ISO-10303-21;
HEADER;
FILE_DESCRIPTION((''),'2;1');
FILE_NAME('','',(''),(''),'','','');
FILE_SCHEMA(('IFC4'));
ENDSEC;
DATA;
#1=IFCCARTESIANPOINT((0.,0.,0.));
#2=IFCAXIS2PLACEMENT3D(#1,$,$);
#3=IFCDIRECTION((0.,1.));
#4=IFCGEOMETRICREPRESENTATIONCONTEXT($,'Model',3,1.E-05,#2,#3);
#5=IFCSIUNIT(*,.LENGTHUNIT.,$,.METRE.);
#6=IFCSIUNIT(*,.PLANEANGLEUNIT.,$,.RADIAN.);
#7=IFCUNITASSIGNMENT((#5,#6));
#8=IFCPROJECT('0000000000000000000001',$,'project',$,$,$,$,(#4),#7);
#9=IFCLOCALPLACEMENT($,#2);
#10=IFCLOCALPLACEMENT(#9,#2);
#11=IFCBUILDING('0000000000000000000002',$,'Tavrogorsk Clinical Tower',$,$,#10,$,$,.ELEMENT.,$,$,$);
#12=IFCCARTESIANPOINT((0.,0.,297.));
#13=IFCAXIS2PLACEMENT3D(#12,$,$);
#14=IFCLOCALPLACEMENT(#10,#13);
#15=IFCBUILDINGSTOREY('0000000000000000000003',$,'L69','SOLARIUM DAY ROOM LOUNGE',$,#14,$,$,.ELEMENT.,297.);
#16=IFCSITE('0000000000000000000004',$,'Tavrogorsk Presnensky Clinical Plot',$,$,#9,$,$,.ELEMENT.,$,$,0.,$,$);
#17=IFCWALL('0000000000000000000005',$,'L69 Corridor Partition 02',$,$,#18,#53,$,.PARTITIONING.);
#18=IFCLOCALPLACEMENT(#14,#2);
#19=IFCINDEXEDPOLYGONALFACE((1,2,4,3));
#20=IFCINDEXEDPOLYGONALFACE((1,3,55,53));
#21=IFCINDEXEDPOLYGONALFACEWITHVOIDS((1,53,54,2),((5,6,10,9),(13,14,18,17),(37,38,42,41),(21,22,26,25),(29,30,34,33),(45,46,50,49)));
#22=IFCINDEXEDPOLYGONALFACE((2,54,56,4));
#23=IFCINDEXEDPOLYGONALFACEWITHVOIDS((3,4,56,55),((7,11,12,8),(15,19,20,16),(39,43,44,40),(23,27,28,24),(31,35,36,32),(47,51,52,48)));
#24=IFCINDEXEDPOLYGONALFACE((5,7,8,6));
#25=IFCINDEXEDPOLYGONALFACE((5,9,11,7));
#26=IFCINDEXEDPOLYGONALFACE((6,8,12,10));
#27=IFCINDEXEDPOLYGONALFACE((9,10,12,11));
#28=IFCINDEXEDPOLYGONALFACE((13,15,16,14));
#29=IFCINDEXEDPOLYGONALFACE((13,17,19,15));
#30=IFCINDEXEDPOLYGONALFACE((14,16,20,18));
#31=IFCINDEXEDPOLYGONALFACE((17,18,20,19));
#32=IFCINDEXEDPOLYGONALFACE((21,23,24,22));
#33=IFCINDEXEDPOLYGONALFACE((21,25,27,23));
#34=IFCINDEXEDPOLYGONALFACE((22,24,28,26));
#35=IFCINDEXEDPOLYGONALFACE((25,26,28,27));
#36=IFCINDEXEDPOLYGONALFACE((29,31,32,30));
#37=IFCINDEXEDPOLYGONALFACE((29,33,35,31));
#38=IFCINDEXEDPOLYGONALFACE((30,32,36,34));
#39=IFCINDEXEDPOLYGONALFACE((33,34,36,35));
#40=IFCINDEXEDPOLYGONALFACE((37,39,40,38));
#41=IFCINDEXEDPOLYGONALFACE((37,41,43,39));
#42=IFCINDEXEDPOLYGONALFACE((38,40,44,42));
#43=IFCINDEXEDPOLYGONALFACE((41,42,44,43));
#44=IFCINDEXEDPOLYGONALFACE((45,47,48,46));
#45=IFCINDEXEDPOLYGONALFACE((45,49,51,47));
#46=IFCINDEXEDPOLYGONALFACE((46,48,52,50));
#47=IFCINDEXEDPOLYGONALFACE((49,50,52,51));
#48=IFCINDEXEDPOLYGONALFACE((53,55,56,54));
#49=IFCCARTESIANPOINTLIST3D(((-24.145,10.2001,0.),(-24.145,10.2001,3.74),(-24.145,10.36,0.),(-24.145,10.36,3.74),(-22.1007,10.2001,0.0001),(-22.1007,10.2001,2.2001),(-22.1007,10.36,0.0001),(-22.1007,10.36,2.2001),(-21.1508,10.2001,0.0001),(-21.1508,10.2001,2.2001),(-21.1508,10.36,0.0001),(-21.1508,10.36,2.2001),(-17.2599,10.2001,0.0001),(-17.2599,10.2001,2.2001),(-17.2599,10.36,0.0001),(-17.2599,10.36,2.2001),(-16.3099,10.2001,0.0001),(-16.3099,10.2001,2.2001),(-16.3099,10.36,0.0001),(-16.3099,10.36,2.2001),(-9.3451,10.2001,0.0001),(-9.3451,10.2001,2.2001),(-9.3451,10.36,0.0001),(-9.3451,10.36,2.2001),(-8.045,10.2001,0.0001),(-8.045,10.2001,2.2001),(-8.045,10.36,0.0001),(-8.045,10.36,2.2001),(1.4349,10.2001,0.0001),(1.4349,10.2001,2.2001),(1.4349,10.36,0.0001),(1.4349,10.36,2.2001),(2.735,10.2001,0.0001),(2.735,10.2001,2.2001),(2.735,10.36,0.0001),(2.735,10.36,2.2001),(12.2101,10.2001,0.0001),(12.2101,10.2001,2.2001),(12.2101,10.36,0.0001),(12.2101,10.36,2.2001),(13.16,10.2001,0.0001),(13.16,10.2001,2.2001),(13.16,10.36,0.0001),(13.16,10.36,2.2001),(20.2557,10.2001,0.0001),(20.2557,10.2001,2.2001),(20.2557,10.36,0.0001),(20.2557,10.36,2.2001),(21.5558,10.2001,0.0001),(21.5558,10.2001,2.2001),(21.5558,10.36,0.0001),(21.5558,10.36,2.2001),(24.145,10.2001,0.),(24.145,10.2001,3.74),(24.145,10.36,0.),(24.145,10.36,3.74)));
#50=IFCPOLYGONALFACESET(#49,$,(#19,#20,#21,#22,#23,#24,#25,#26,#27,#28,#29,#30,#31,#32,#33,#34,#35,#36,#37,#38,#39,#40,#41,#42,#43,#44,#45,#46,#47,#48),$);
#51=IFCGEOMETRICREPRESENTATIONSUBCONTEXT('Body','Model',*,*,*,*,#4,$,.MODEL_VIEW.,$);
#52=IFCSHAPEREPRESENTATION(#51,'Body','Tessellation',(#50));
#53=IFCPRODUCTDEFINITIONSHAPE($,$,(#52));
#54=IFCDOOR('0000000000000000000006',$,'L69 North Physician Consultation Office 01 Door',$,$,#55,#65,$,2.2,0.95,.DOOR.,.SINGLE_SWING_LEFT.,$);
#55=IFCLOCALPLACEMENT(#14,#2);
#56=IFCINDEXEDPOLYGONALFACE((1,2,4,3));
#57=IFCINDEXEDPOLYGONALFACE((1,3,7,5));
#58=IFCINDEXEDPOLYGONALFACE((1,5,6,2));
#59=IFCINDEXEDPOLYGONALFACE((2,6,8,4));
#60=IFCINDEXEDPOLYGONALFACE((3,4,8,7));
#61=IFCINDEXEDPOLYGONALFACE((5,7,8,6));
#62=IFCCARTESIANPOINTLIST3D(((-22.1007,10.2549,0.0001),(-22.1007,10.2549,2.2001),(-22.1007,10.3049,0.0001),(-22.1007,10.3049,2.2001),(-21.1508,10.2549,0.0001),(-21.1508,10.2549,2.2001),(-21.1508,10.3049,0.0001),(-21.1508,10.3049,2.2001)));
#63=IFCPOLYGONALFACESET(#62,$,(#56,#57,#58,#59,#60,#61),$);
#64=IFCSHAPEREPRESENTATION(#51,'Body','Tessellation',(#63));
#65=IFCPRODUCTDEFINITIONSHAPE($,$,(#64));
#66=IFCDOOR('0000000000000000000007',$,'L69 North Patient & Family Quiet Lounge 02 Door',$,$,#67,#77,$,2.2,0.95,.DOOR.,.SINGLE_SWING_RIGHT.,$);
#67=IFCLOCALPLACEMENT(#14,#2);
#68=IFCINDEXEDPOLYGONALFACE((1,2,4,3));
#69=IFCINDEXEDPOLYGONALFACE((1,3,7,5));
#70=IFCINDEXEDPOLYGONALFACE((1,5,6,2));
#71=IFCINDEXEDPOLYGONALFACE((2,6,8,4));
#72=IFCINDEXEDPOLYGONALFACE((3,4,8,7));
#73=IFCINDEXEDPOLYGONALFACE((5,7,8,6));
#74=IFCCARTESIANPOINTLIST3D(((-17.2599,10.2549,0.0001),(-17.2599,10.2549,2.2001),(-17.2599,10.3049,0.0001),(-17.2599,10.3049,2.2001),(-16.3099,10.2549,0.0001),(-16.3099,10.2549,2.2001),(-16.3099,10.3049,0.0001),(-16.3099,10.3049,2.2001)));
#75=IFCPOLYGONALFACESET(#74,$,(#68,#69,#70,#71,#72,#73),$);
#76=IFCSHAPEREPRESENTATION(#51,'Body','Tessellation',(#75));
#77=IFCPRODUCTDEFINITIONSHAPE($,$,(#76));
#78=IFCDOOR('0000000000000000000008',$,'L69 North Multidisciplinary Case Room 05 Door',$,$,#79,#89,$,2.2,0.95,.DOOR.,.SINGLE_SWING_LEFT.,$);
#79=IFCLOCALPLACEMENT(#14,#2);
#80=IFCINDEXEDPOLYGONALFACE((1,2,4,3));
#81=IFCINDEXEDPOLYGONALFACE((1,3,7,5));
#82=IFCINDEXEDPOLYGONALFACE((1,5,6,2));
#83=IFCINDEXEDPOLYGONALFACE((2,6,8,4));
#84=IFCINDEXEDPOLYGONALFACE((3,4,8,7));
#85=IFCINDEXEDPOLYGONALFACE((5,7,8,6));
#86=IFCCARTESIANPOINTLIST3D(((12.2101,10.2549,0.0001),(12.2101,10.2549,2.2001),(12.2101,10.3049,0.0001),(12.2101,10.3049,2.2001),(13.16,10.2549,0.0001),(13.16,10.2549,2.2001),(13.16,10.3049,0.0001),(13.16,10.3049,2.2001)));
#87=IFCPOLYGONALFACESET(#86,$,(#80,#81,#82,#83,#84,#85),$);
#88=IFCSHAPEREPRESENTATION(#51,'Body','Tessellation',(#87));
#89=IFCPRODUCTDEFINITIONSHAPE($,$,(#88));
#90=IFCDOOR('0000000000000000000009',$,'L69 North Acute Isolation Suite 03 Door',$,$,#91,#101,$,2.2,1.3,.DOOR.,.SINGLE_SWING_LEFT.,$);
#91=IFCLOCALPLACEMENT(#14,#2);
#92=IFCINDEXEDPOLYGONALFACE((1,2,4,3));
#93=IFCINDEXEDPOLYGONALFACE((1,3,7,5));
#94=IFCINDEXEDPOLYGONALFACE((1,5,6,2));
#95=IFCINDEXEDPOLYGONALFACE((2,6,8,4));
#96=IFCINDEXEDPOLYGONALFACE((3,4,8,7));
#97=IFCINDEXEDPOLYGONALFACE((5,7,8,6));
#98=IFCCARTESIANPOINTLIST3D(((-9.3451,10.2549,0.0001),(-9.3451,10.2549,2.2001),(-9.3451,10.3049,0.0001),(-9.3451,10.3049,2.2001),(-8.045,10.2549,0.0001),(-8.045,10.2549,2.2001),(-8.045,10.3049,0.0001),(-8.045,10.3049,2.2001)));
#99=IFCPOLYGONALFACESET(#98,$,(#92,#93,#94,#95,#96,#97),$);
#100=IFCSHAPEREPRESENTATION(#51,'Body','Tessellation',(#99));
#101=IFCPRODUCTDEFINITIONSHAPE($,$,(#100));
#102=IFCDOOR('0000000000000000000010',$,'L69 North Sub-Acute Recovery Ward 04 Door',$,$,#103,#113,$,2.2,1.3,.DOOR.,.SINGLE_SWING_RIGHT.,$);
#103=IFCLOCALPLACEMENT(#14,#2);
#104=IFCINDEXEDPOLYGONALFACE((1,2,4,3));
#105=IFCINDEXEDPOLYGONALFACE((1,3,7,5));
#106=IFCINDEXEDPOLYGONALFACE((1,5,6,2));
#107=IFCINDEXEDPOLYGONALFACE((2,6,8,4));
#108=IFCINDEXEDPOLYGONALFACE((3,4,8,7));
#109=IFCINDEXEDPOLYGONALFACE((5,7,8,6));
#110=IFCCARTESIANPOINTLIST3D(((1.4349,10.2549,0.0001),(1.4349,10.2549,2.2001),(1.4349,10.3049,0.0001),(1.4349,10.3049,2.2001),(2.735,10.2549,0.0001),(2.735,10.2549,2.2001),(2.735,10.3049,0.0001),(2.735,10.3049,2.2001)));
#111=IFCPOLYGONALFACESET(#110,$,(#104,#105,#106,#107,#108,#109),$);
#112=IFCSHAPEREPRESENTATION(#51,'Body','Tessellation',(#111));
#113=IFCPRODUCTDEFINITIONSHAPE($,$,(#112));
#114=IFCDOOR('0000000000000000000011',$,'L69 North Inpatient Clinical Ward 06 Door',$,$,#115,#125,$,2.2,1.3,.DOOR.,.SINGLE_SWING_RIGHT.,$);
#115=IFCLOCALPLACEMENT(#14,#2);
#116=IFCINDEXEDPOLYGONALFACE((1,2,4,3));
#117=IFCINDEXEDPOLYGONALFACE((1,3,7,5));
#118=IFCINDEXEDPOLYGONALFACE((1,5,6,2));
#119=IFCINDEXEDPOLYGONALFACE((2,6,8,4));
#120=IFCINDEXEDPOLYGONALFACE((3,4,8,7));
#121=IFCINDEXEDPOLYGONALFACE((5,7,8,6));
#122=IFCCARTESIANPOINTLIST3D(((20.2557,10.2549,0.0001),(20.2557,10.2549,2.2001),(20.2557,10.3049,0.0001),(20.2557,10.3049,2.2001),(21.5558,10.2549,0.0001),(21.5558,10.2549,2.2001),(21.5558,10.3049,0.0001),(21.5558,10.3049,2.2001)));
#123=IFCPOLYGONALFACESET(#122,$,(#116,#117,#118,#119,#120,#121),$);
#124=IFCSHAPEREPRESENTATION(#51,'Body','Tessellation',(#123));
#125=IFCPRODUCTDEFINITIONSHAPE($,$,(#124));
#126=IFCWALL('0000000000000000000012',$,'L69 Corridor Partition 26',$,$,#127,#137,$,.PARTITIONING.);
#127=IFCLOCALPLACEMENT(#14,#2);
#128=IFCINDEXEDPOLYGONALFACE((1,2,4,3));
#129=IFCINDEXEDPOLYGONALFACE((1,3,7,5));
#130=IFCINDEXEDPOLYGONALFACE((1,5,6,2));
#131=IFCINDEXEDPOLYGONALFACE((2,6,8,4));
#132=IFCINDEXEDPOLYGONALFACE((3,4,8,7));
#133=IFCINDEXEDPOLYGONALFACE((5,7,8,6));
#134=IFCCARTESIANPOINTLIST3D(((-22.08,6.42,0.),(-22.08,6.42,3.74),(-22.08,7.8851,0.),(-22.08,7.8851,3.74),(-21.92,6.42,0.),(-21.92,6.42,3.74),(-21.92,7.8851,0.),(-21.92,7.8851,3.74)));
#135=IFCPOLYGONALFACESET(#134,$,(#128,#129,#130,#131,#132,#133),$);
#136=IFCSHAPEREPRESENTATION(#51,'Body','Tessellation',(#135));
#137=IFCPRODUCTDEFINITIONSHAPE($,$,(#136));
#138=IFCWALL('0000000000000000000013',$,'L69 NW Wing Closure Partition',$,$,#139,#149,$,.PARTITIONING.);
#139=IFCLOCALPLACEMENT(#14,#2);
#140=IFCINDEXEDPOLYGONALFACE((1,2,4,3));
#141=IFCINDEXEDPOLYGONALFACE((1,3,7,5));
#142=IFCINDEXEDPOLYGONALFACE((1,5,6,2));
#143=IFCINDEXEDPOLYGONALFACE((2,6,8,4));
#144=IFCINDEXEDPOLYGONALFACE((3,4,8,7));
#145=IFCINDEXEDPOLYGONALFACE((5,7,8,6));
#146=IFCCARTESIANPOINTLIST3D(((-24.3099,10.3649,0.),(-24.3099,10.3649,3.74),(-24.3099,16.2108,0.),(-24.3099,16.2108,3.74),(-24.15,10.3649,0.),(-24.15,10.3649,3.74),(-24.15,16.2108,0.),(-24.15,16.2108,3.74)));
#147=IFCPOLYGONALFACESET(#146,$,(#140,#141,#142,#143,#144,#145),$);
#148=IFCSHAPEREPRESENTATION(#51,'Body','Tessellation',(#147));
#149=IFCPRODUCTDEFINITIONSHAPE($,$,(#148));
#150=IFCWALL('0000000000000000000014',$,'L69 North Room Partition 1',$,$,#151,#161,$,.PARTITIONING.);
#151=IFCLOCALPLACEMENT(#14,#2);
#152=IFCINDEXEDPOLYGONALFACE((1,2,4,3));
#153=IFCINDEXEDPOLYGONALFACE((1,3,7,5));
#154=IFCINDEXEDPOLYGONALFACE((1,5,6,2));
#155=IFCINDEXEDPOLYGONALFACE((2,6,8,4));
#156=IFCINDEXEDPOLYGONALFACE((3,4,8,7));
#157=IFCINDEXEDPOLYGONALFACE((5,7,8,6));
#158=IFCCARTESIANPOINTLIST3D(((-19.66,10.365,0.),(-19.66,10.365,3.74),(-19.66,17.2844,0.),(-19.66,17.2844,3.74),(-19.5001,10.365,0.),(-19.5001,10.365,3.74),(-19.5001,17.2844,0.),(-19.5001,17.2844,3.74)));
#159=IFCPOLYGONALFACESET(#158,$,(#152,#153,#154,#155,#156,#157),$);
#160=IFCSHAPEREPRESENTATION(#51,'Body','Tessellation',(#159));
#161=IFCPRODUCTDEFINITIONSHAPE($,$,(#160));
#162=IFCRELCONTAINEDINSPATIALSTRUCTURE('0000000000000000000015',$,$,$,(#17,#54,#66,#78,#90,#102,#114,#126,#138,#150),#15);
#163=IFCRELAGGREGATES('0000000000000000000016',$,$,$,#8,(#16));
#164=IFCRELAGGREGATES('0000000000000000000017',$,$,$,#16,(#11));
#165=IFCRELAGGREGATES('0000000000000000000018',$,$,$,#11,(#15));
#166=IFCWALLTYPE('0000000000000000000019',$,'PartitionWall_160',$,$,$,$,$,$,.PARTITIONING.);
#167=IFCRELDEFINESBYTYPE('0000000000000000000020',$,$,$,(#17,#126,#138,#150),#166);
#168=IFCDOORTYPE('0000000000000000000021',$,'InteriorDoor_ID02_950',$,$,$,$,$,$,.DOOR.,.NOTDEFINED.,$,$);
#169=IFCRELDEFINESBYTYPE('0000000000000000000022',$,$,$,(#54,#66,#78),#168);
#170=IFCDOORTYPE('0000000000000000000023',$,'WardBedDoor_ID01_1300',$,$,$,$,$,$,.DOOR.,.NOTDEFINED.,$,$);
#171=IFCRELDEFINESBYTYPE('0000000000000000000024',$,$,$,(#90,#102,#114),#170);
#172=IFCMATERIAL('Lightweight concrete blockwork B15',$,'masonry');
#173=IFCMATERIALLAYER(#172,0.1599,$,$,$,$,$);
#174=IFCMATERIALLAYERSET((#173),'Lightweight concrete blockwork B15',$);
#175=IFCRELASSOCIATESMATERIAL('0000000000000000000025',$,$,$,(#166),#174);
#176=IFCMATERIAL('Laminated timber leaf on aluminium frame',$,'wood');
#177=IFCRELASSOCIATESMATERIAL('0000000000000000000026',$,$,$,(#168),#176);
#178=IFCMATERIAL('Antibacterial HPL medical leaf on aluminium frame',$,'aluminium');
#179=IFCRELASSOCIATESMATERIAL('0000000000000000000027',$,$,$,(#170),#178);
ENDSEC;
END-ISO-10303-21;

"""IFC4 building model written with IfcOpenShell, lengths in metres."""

from ifc_helpers import new_model, si_unit, direction, frame, frame_2d, origin, place, context, subcontext, project, spatial, rectangle, extrude, material, layer, layer_set, type_object, element, fill, save


model = new_model("IFC4")

# Units and contexts
model_context = context("Model", 3, precision=1e-05, world=origin(), true_north=direction((0.0, 1.0)))
body_context = subcontext(model_context, "Body", "Model", "MODEL_VIEW")
ifc_project = project(units=[si_unit("LENGTHUNIT", "METRE"), si_unit("PLANEANGLEUNIT", "RADIAN")], contexts=[model_context])

# Site, building, storey
site_placement = place(None, origin())
site = spatial("IfcSite", under=ifc_project, at=site_placement, Name="Tavrogorsk Presnensky Clinical Plot", CompositionType="ELEMENT", RefElevation=0.0)
building_placement = place(site_placement, origin())
building = spatial("IfcBuilding", under=site, at=building_placement, Name="Tavrogorsk Clinical Tower", CompositionType="ELEMENT")
storey_placement = place(building_placement, frame((0.0, 0.0, 297.0)))
storey = spatial("IfcBuildingStorey", under=building, at=storey_placement, Name="L69", Description="SOLARIUM DAY ROOM LOUNGE", CompositionType="ELEMENT", Elevation=297.0)

# Wall, openings, doors
ifc_material_1 = material(Name="Lightweight concrete blockwork B15", Category="masonry")
ifc_layer_1 = layer(ifc_material_1, 0.1599)
ifc_layer_set_1 = layer_set([ifc_layer_1], Name="Lightweight concrete blockwork B15")
wall_type_1 = type_object("IfcWallType", Name="PartitionWall_160", PredefinedType="PARTITIONING", material=ifc_layer_set_1)
wall_1_placement = place(storey_placement, frame((-24.145, 10.28, 0.0), z_axis=(0.0, 0.0, 1.0), x_axis=(1.0, 0.0, 0.0)))
wall_1 = element("IfcWall", 1, at=wall_1_placement, inside=storey, type_object=wall_type_1, Name="L69 Corridor Partition 02", PredefinedType="PARTITIONING", context=body_context, shape_type="SweptSolid", body=[
    extrude(rectangle(XDim=48.29, YDim=0.1599, at=frame_2d((24.145, 0.0))), origin(), (0.0, 0.0, 1.0), 3.74),
])
opening_1_placement = place(wall_1_placement, frame((2.0442, 0.0, 0.0)))
opening_1 = element("IfcOpeningElement", 2, at=opening_1_placement, cuts=wall_1, PredefinedType="OPENING", context=body_context, shape_type="SweptSolid", body=[
    extrude(rectangle(XDim=0.95, YDim=2.2, at=frame_2d((0.4751, 1.1001))), frame((0.0, 0.0898, 0.0), z_axis=(0.0, -1.0, 0.0), x_axis=(1.0, 0.0, 0.0)), (0.0, 0.0, 1.0), 0.1799),
])
opening_2_placement = place(wall_1_placement, frame((6.885, 0.0, 0.0)))
opening_2 = element("IfcOpeningElement", 3, at=opening_2_placement, cuts=wall_1, PredefinedType="OPENING", context=body_context, shape_type="SweptSolid", body=[
    extrude(rectangle(XDim=0.95, YDim=2.2, at=frame_2d((0.4751, 1.1001))), frame((0.0, 0.0898, 0.0), z_axis=(0.0, -1.0, 0.0), x_axis=(1.0, 0.0, 0.0)), (0.0, 0.0, 1.0), 0.1799),
])
opening_3_placement = place(wall_1_placement, frame((14.8, 0.0, 0.0)))
opening_3 = element("IfcOpeningElement", 4, at=opening_3_placement, cuts=wall_1, PredefinedType="OPENING", context=body_context, shape_type="SweptSolid", body=[
    extrude(rectangle(XDim=1.3, YDim=2.2, at=frame_2d((0.6499, 1.1001))), frame((0.0, 0.0898, 0.0), z_axis=(0.0, -1.0, 0.0), x_axis=(1.0, 0.0, 0.0)), (0.0, 0.0, 1.0), 0.1799),
])
opening_4_placement = place(wall_1_placement, frame((25.5801, 0.0, 0.0)))
opening_4 = element("IfcOpeningElement", 5, at=opening_4_placement, cuts=wall_1, PredefinedType="OPENING", context=body_context, shape_type="SweptSolid", body=[
    extrude(rectangle(XDim=1.3, YDim=2.2, at=frame_2d((0.6499, 1.1001))), frame((0.0, 0.0898, 0.0), z_axis=(0.0, -1.0, 0.0), x_axis=(1.0, 0.0, 0.0)), (0.0, 0.0, 1.0), 0.1799),
])
opening_5_placement = place(wall_1_placement, frame((36.355, 0.0, 0.0)))
opening_5 = element("IfcOpeningElement", 6, at=opening_5_placement, cuts=wall_1, PredefinedType="OPENING", context=body_context, shape_type="SweptSolid", body=[
    extrude(rectangle(XDim=0.95, YDim=2.2, at=frame_2d((0.4751, 1.1001))), frame((0.0, 0.0898, 0.0), z_axis=(0.0, -1.0, 0.0), x_axis=(1.0, 0.0, 0.0)), (0.0, 0.0, 1.0), 0.1799),
])
opening_6_placement = place(wall_1_placement, frame((44.4009, 0.0, 0.0)))
opening_6 = element("IfcOpeningElement", 7, at=opening_6_placement, cuts=wall_1, PredefinedType="OPENING", context=body_context, shape_type="SweptSolid", body=[
    extrude(rectangle(XDim=1.3, YDim=2.2, at=frame_2d((0.6499, 1.1001))), frame((0.0, 0.0898, 0.0), z_axis=(0.0, -1.0, 0.0), x_axis=(1.0, 0.0, 0.0)), (0.0, 0.0, 1.0), 0.1799),
])
ifc_material_2 = material(Name="Laminated timber leaf on aluminium frame", Category="wood")
door_type_1 = type_object("IfcDoorType", Name="InteriorDoor_ID02_950", OperationType="NOTDEFINED", PredefinedType="DOOR", material=ifc_material_2)
door_1_placement = place(opening_1_placement, origin())
door_1 = element("IfcDoor", 8, at=door_1_placement, inside=storey, type_object=door_type_1, Name="L69 North Physician Consultation Office 01 Door", OperationType="SINGLE_SWING_LEFT", OverallHeight=2.2, OverallWidth=0.95, PredefinedType="DOOR", context=body_context, shape_type="SweptSolid", body=[
    extrude(rectangle(XDim=0.95, YDim=2.2, at=frame_2d((0.4751, 1.1001))), frame((0.0, 0.0249, 0.0), z_axis=(0.0, -1.0, 0.0), x_axis=(1.0, 0.0, 0.0)), (0.0, 0.0, 1.0), 0.05),
])
fill(opening_1, door_1)
door_2_placement = place(opening_2_placement, origin())
door_2 = element("IfcDoor", 9, at=door_2_placement, inside=storey, type_object=door_type_1, Name="L69 North Patient & Family Quiet Lounge 02 Door", OperationType="SINGLE_SWING_RIGHT", OverallHeight=2.2, OverallWidth=0.95, PredefinedType="DOOR", context=body_context, shape_type="SweptSolid", body=[
    extrude(rectangle(XDim=0.95, YDim=2.2, at=frame_2d((0.4751, 1.1001))), frame((0.0, 0.0249, 0.0), z_axis=(0.0, -1.0, 0.0), x_axis=(1.0, 0.0, 0.0)), (0.0, 0.0, 1.0), 0.05),
])
fill(opening_2, door_2)
door_3_placement = place(opening_5_placement, origin())
door_3 = element("IfcDoor", 10, at=door_3_placement, inside=storey, type_object=door_type_1, Name="L69 North Multidisciplinary Case Room 05 Door", OperationType="SINGLE_SWING_LEFT", OverallHeight=2.2, OverallWidth=0.95, PredefinedType="DOOR", context=body_context, shape_type="SweptSolid", body=[
    extrude(rectangle(XDim=0.95, YDim=2.2, at=frame_2d((0.4751, 1.1001))), frame((0.0, 0.0249, 0.0), z_axis=(0.0, -1.0, 0.0), x_axis=(1.0, 0.0, 0.0)), (0.0, 0.0, 1.0), 0.05),
])
fill(opening_5, door_3)
ifc_material_3 = material(Name="Antibacterial HPL medical leaf on aluminium frame", Category="aluminium")
door_type_2 = type_object("IfcDoorType", Name="WardBedDoor_ID01_1300", OperationType="NOTDEFINED", PredefinedType="DOOR", material=ifc_material_3)
door_4_placement = place(opening_3_placement, origin())
door_4 = element("IfcDoor", 11, at=door_4_placement, inside=storey, type_object=door_type_2, Name="L69 North Acute Isolation Suite 03 Door", OperationType="SINGLE_SWING_LEFT", OverallHeight=2.2, OverallWidth=1.3, PredefinedType="DOOR", context=body_context, shape_type="SweptSolid", body=[
    extrude(rectangle(XDim=1.3, YDim=2.2, at=frame_2d((0.6499, 1.1001))), frame((0.0, 0.0249, 0.0), z_axis=(0.0, -1.0, 0.0), x_axis=(1.0, 0.0, 0.0)), (0.0, 0.0, 1.0), 0.05),
])
fill(opening_3, door_4)
door_5_placement = place(opening_4_placement, origin())
door_5 = element("IfcDoor", 12, at=door_5_placement, inside=storey, type_object=door_type_2, Name="L69 North Sub-Acute Recovery Ward 04 Door", OperationType="SINGLE_SWING_RIGHT", OverallHeight=2.2, OverallWidth=1.3, PredefinedType="DOOR", context=body_context, shape_type="SweptSolid", body=[
    extrude(rectangle(XDim=1.3, YDim=2.2, at=frame_2d((0.6499, 1.1001))), frame((0.0, 0.0249, 0.0), z_axis=(0.0, -1.0, 0.0), x_axis=(1.0, 0.0, 0.0)), (0.0, 0.0, 1.0), 0.05),
])
fill(opening_4, door_5)
door_6_placement = place(opening_6_placement, origin())
door_6 = element("IfcDoor", 13, at=door_6_placement, inside=storey, type_object=door_type_2, Name="L69 North Inpatient Clinical Ward 06 Door", OperationType="SINGLE_SWING_RIGHT", OverallHeight=2.2, OverallWidth=1.3, PredefinedType="DOOR", context=body_context, shape_type="SweptSolid", body=[
    extrude(rectangle(XDim=1.3, YDim=2.2, at=frame_2d((0.6499, 1.1001))), frame((0.0, 0.0249, 0.0), z_axis=(0.0, -1.0, 0.0), x_axis=(1.0, 0.0, 0.0)), (0.0, 0.0, 1.0), 0.05),
])
fill(opening_6, door_6)

# Walls
wall_2_placement = place(storey_placement, frame((-22.0, 7.885, 0.0), z_axis=(0.0, 0.0, 1.0), x_axis=(0.0, -1.0, 0.0)))
element("IfcWall", 14, at=wall_2_placement, inside=storey, type_object=wall_type_1, Name="L69 Corridor Partition 26", PredefinedType="PARTITIONING", context=body_context, shape_type="SweptSolid", body=[
    extrude(rectangle(XDim=1.4651, YDim=0.1599, at=frame_2d((0.7324, 0.0))), origin(), (0.0, 0.0, 1.0), 3.74),
])
wall_3_placement = place(storey_placement, frame((-24.23, 10.365, 0.0), z_axis=(0.0, 0.0, 1.0), x_axis=(0.0, 1.0, 0.0)))
element("IfcWall", 15, at=wall_3_placement, inside=storey, type_object=wall_type_1, Name="L69 NW Wing Closure Partition", PredefinedType="PARTITIONING", context=body_context, shape_type="SweptSolid", body=[
    extrude(rectangle(XDim=5.8459, YDim=0.1599, at=frame_2d((2.9229, 0.0))), origin(), (0.0, 0.0, 1.0), 3.74),
])
wall_4_placement = place(storey_placement, frame((-19.5801, 10.365, 0.0), z_axis=(0.0, 0.0, 1.0), x_axis=(0.0, 1.0, 0.0)))
element("IfcWall", 16, at=wall_4_placement, inside=storey, type_object=wall_type_1, Name="L69 North Room Partition 1", PredefinedType="PARTITIONING", context=body_context, shape_type="SweptSolid", body=[
    extrude(rectangle(XDim=6.9194, YDim=0.1599, at=frame_2d((3.4597, 0.0))), origin(), (0.0, 0.0, 1.0), 3.74),
])

save(model, "model.ifc")
